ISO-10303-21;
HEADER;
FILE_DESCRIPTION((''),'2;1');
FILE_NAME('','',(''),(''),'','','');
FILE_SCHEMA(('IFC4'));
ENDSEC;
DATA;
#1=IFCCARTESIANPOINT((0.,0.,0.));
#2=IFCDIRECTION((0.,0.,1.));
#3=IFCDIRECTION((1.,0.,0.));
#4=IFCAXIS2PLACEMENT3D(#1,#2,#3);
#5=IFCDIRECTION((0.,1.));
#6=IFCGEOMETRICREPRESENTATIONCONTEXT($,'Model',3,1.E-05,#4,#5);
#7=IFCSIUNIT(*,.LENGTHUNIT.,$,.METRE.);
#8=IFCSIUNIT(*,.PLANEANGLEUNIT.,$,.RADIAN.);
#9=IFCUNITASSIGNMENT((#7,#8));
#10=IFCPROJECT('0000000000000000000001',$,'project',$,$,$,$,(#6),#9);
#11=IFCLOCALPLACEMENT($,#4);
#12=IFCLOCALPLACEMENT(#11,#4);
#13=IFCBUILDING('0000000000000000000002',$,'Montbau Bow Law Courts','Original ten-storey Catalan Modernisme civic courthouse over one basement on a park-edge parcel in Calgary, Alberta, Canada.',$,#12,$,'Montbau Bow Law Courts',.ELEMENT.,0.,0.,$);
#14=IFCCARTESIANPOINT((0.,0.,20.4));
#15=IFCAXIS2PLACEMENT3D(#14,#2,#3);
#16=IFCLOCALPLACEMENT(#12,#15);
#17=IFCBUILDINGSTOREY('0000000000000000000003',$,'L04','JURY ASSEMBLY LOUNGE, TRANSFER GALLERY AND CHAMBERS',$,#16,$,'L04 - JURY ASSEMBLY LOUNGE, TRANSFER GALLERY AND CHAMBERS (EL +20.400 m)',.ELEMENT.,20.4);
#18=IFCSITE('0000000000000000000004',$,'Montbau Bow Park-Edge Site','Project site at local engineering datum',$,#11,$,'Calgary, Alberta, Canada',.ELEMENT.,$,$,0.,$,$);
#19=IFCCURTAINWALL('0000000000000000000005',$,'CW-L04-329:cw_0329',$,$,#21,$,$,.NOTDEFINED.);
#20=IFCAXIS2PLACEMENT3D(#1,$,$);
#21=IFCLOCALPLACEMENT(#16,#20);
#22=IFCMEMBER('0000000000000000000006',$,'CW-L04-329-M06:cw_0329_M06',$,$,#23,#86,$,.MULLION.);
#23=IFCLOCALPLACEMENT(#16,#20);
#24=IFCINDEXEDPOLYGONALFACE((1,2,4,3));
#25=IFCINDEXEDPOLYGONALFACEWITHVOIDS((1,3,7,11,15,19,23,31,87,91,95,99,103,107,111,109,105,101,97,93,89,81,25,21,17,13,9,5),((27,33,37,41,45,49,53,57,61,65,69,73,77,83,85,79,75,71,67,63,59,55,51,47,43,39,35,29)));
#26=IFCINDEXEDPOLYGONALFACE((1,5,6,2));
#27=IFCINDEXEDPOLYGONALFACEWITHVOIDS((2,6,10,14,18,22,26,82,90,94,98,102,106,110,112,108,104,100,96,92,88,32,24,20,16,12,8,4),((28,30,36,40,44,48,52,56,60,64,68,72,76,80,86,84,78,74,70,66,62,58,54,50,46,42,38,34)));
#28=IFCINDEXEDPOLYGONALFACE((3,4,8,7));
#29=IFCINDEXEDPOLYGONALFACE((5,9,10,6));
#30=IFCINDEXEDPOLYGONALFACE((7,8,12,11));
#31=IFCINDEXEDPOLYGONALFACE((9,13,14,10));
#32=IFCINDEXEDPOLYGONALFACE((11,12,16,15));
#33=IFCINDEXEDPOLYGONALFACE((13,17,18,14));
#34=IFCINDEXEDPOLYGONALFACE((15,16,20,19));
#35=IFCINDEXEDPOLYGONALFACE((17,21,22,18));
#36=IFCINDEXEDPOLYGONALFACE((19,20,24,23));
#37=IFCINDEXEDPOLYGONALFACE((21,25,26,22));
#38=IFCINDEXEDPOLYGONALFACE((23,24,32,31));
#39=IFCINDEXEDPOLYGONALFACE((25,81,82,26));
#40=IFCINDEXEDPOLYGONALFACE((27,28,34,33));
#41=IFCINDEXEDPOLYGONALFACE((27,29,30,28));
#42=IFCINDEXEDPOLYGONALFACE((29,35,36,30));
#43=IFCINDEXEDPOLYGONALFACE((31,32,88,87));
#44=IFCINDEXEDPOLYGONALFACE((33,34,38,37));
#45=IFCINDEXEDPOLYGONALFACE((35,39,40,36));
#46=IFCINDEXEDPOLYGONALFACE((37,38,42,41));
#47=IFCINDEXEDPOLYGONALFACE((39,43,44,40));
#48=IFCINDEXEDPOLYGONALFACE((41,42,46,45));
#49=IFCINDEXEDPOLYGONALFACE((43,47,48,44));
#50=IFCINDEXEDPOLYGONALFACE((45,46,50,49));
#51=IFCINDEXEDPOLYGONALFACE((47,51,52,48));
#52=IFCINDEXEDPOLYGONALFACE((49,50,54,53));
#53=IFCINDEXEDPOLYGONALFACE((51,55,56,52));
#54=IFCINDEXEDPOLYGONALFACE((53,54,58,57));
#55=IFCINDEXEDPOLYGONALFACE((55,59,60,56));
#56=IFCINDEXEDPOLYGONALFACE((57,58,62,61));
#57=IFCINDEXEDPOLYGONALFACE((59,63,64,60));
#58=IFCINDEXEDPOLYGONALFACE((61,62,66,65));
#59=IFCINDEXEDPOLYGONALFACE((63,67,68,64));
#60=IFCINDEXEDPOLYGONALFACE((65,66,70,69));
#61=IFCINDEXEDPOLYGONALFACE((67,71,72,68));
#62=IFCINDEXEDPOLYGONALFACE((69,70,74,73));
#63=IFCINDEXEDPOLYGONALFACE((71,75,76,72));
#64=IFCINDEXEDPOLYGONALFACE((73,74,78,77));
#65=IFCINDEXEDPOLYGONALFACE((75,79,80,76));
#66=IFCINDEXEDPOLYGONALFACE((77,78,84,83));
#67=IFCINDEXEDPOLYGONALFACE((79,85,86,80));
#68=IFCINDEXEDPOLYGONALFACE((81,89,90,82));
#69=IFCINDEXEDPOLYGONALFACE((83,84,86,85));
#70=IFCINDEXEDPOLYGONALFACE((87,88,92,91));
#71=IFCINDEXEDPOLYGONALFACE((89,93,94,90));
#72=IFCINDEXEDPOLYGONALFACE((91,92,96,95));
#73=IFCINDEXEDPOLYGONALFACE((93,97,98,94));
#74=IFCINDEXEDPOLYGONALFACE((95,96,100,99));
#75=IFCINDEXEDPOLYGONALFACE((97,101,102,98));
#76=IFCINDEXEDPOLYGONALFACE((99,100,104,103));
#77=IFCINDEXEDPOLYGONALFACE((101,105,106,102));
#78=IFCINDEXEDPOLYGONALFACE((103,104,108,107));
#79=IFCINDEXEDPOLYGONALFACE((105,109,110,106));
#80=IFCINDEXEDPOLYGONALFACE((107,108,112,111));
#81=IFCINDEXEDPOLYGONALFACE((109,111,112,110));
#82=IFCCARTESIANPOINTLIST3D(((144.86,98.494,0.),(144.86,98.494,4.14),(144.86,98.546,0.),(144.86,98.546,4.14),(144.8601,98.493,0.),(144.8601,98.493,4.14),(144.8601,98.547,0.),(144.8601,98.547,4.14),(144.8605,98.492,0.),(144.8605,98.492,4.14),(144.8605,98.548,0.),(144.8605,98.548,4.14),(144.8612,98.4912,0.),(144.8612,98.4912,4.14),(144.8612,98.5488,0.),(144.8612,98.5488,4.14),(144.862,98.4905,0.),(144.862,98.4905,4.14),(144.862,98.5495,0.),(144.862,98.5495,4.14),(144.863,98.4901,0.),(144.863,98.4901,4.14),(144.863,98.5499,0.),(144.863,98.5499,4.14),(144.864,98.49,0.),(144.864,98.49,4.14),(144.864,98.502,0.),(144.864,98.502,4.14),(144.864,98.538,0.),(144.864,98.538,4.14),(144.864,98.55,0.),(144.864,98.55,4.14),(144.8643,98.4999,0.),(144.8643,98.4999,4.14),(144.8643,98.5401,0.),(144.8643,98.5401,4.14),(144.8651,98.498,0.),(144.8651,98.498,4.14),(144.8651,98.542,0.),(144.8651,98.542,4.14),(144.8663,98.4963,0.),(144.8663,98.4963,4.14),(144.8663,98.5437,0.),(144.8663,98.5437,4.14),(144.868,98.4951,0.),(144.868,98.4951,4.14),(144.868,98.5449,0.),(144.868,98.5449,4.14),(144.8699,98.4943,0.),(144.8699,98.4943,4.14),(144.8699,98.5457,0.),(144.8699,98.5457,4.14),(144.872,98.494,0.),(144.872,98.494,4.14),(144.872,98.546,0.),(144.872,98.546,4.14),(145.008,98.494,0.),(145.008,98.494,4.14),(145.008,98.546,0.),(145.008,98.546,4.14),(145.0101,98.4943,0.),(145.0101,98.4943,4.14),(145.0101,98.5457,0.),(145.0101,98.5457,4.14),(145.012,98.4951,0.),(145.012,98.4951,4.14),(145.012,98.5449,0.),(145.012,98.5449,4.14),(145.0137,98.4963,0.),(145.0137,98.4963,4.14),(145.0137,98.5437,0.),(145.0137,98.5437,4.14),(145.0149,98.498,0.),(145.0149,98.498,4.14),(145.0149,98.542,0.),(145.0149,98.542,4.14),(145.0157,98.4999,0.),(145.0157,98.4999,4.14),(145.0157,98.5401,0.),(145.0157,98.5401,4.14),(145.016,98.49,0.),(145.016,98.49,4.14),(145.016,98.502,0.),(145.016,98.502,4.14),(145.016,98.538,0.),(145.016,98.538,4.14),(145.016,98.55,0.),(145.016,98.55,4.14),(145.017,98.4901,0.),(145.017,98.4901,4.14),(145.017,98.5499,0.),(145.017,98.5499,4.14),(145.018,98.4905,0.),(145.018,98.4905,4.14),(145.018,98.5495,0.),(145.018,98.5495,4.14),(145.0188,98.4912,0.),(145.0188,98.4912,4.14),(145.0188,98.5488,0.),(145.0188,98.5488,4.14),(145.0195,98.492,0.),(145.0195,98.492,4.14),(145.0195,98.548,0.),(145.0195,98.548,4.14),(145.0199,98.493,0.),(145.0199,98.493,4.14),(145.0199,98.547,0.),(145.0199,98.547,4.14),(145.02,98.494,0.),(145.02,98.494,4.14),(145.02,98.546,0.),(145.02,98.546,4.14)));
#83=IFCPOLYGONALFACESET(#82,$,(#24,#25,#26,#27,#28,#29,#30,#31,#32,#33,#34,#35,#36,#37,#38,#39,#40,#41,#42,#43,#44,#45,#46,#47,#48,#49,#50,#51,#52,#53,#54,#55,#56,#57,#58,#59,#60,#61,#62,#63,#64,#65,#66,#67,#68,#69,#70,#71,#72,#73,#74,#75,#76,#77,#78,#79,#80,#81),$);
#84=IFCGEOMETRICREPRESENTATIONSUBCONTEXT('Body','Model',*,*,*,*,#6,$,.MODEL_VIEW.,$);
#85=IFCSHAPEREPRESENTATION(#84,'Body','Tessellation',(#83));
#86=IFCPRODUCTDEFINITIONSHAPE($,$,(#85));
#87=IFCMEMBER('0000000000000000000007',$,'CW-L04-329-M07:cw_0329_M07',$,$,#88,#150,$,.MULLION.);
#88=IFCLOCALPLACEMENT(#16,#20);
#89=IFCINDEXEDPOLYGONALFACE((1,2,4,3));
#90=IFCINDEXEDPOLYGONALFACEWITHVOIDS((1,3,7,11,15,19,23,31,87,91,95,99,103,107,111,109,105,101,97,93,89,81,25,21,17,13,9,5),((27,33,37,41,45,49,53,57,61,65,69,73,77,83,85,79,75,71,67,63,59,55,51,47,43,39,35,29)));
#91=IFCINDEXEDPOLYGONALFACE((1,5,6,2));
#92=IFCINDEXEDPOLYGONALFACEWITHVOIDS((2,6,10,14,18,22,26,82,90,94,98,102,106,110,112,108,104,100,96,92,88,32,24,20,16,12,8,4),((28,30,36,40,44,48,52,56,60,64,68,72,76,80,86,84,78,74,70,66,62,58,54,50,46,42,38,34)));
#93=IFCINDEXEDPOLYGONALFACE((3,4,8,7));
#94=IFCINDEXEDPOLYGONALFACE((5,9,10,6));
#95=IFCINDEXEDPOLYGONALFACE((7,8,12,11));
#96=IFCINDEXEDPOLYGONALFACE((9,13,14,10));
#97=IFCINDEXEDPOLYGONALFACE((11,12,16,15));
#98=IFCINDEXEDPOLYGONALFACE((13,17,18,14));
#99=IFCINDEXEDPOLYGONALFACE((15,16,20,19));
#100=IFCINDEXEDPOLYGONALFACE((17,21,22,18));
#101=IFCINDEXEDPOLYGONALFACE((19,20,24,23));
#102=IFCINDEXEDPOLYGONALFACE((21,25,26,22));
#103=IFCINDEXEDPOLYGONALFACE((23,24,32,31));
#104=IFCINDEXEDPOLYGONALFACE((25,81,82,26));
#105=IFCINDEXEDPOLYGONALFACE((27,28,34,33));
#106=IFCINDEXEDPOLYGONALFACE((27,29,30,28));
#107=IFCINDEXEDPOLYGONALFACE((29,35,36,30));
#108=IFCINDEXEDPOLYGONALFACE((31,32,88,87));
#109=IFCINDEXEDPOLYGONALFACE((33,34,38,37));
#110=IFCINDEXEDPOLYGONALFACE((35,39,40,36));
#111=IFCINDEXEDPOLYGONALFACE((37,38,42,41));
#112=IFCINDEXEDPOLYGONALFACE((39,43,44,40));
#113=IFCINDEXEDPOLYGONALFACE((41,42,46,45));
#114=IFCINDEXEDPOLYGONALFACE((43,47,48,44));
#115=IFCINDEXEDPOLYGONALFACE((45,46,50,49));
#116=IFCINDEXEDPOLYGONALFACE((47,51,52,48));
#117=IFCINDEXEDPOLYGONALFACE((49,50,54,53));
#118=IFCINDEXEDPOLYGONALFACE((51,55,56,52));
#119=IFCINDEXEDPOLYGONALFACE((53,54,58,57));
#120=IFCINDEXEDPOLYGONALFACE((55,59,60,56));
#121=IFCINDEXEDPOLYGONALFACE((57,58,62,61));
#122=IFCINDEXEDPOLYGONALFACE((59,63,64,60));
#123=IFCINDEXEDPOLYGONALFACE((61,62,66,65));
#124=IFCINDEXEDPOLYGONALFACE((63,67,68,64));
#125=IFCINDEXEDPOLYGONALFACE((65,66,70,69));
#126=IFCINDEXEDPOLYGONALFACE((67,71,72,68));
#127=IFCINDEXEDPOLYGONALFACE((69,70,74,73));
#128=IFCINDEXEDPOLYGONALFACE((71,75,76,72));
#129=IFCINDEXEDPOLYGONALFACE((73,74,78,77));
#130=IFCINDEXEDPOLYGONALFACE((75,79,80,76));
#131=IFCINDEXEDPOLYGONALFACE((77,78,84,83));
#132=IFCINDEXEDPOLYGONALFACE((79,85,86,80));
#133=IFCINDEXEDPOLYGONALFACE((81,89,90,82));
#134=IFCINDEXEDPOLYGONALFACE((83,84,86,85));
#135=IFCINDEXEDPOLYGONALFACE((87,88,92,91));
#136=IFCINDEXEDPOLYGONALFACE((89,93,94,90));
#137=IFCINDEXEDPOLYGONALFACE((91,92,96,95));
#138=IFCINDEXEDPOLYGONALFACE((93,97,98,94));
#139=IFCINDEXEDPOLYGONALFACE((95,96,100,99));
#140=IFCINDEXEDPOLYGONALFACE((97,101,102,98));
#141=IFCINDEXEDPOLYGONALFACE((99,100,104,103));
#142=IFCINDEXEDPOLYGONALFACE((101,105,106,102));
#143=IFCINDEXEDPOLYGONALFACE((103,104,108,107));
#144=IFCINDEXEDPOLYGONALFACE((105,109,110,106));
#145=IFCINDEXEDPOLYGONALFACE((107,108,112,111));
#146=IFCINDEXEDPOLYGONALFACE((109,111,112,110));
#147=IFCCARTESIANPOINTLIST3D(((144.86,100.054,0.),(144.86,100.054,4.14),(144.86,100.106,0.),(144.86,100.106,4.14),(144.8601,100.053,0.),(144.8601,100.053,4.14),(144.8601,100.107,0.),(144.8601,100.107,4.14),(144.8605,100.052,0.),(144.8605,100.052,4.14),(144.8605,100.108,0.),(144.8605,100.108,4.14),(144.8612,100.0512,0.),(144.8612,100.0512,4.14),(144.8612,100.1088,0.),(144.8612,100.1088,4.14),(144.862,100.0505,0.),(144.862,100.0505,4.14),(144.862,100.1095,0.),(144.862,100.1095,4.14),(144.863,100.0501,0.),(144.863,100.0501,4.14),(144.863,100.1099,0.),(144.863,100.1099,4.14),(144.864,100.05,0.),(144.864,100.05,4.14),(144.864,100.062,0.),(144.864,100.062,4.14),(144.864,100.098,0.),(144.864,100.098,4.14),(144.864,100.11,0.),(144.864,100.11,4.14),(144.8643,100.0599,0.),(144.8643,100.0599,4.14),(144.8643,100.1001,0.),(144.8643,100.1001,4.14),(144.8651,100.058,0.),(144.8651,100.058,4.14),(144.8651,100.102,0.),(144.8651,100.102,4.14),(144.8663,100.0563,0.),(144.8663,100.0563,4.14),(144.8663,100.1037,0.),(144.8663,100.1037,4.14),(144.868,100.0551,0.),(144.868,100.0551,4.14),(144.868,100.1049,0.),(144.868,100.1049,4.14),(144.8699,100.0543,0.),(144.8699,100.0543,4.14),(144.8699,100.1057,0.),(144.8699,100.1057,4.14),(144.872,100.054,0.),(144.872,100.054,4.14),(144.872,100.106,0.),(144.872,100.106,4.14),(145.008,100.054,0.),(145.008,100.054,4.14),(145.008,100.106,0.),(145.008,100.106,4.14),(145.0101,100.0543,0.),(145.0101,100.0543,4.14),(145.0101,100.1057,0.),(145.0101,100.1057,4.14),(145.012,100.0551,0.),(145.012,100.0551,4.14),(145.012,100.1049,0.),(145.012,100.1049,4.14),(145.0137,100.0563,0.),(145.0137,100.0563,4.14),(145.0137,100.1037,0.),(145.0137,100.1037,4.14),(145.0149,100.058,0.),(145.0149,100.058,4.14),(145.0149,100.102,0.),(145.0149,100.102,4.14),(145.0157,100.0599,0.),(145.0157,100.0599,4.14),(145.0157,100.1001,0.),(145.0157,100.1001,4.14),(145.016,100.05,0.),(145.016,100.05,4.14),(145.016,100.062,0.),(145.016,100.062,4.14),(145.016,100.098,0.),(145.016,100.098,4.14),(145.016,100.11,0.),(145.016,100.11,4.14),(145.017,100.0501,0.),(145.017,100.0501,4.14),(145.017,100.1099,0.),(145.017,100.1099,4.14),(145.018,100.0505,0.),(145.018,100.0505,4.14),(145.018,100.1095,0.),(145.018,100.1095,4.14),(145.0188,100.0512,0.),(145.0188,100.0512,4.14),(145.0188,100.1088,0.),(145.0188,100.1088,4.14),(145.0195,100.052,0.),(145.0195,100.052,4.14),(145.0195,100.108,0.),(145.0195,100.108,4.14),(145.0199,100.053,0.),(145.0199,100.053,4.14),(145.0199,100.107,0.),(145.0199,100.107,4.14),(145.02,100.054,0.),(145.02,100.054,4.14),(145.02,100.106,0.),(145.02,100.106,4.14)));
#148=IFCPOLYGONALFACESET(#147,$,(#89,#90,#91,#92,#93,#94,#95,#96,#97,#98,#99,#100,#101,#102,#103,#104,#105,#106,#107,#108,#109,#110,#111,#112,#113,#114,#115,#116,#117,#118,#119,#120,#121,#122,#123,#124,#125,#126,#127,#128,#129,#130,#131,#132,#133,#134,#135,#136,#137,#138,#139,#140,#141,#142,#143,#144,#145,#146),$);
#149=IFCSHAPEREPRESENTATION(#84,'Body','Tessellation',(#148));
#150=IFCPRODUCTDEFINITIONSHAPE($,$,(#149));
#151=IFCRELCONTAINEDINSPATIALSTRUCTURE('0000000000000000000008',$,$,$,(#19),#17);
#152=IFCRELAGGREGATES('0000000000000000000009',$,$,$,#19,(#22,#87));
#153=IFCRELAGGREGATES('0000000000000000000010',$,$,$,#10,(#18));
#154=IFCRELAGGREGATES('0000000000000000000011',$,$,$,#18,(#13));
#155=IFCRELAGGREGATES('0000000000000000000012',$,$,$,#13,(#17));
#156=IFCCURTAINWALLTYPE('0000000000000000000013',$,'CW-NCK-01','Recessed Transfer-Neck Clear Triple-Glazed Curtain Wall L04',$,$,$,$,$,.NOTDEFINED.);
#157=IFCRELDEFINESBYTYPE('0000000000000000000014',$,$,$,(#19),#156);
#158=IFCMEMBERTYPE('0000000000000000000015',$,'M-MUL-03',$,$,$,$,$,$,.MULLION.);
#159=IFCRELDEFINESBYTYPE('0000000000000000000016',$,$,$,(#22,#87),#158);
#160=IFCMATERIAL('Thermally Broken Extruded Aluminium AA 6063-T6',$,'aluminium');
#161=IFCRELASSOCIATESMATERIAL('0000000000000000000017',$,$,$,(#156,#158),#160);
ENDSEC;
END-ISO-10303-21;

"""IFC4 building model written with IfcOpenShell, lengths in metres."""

from ifc_helpers import new_model, si_unit, direction, frame, origin_with_axes, origin_2d_with_axis, place, context, subcontext, project, spatial, hollow_rectangle, extrude, material, material_profile, profile_set, type_object, element, aggregate, save


model = new_model("IFC4")

# Units and contexts
model_context = context("Model", 3, precision=1e-05, world=origin_with_axes(), true_north=direction((0.0, 1.0)))
body_context = subcontext(model_context, "Body", "Model", "MODEL_VIEW")
ifc_project = project(units=[si_unit("LENGTHUNIT", "METRE"), si_unit("PLANEANGLEUNIT", "RADIAN")], contexts=[model_context])

# Site, building, storey
site_placement = place(None, origin_with_axes())
site = spatial("IfcSite", under=ifc_project, at=site_placement, Name="Montbau Bow Park-Edge Site", Description="Project site at local engineering datum", LongName="Calgary, Alberta, Canada", CompositionType="ELEMENT", RefElevation=0.0)
building_placement = place(site_placement, origin_with_axes())
building = spatial("IfcBuilding", under=site, at=building_placement, Name="Montbau Bow Law Courts", Description="Original ten-storey Catalan Modernisme civic courthouse over one basement on a park-edge parcel in Calgary, Alberta, Canada.", LongName="Montbau Bow Law Courts", CompositionType="ELEMENT", ElevationOfRefHeight=0.0, ElevationOfTerrain=0.0)
storey_placement = place(building_placement, frame((0.0, 0.0, 20.4), z_axis=(0.0, 0.0, 1.0), x_axis=(1.0, 0.0, 0.0)))
storey = spatial("IfcBuildingStorey", under=building, at=storey_placement, Name="L04", Description="JURY ASSEMBLY LOUNGE, TRANSFER GALLERY AND CHAMBERS", LongName="L04 - JURY ASSEMBLY LOUNGE, TRANSFER GALLERY AND CHAMBERS (EL +20.400 m)", CompositionType="ELEMENT", Elevation=20.4)

# Curtain wall, members
ifc_material_1 = material(Name="Thermally Broken Extruded Aluminium AA 6063-T6", Category="aluminium")
curtain_wall_type = type_object("IfcCurtainWallType", Name="CW-NCK-01", Description="Recessed Transfer-Neck Clear Triple-Glazed Curtain Wall L04", PredefinedType="NOTDEFINED", material=ifc_material_1)
curtain_wall_placement = place(None, frame((144.94, 90.72, 20.4), z_axis=(0.0, 0.0, 1.0), x_axis=(1.0, 0.0, 0.0)))
curtain_wall = element("IfcCurtainWall", 1, at=curtain_wall_placement, inside=storey, type_object=curtain_wall_type, Name="CW-L04-329:cw_0329", PredefinedType="NOTDEFINED")
ifc_material_profile_1 = material_profile(ifc_material_1, hollow_rectangle(XDim=0.06, YDim=0.16, WallThickness=0.004, InnerFilletRadius=0.008, OuterFilletRadius=0.004, at=origin_2d_with_axis()), Name="CWM-160X60", Category="Main", Priority=0)
ifc_profile_set_1 = profile_set([ifc_material_profile_1], Name="Thermally Broken Extruded Aluminium AA 6063-T6")
member_type_1 = type_object("IfcMemberType", Name="M-MUL-03", PredefinedType="MULLION", material=ifc_profile_set_1)
member_1_placement = place(None, frame((144.94, 98.52, 20.4), z_axis=(0.0, 0.0, 1.0), x_axis=(0.0, 1.0, 0.0)))
member_1 = element("IfcMember", 2, at=member_1_placement, type_object=member_type_1, Name="CW-L04-329-M06:cw_0329_M06", PredefinedType="MULLION", context=body_context, shape_type="SweptSolid", body=[
    extrude(hollow_rectangle(XDim=0.06, YDim=0.16, WallThickness=0.004, InnerFilletRadius=0.008, OuterFilletRadius=0.004, at=origin_2d_with_axis()), origin_with_axes(), (0.0, 0.0, 1.0), 4.14),
])
member_2_placement = place(None, frame((144.94, 100.08, 20.4), z_axis=(0.0, 0.0, 1.0), x_axis=(0.0, 1.0, 0.0)))
member_2 = element("IfcMember", 3, at=member_2_placement, type_object=member_type_1, Name="CW-L04-329-M07:cw_0329_M07", PredefinedType="MULLION", context=body_context, shape_type="SweptSolid", body=[
    extrude(hollow_rectangle(XDim=0.06, YDim=0.16, WallThickness=0.004, InnerFilletRadius=0.008, OuterFilletRadius=0.004, at=origin_2d_with_axis()), origin_with_axes(), (0.0, 0.0, 1.0), 4.14),
])
aggregate(curtain_wall, [member_1, member_2])

save(model, "model.ifc")
